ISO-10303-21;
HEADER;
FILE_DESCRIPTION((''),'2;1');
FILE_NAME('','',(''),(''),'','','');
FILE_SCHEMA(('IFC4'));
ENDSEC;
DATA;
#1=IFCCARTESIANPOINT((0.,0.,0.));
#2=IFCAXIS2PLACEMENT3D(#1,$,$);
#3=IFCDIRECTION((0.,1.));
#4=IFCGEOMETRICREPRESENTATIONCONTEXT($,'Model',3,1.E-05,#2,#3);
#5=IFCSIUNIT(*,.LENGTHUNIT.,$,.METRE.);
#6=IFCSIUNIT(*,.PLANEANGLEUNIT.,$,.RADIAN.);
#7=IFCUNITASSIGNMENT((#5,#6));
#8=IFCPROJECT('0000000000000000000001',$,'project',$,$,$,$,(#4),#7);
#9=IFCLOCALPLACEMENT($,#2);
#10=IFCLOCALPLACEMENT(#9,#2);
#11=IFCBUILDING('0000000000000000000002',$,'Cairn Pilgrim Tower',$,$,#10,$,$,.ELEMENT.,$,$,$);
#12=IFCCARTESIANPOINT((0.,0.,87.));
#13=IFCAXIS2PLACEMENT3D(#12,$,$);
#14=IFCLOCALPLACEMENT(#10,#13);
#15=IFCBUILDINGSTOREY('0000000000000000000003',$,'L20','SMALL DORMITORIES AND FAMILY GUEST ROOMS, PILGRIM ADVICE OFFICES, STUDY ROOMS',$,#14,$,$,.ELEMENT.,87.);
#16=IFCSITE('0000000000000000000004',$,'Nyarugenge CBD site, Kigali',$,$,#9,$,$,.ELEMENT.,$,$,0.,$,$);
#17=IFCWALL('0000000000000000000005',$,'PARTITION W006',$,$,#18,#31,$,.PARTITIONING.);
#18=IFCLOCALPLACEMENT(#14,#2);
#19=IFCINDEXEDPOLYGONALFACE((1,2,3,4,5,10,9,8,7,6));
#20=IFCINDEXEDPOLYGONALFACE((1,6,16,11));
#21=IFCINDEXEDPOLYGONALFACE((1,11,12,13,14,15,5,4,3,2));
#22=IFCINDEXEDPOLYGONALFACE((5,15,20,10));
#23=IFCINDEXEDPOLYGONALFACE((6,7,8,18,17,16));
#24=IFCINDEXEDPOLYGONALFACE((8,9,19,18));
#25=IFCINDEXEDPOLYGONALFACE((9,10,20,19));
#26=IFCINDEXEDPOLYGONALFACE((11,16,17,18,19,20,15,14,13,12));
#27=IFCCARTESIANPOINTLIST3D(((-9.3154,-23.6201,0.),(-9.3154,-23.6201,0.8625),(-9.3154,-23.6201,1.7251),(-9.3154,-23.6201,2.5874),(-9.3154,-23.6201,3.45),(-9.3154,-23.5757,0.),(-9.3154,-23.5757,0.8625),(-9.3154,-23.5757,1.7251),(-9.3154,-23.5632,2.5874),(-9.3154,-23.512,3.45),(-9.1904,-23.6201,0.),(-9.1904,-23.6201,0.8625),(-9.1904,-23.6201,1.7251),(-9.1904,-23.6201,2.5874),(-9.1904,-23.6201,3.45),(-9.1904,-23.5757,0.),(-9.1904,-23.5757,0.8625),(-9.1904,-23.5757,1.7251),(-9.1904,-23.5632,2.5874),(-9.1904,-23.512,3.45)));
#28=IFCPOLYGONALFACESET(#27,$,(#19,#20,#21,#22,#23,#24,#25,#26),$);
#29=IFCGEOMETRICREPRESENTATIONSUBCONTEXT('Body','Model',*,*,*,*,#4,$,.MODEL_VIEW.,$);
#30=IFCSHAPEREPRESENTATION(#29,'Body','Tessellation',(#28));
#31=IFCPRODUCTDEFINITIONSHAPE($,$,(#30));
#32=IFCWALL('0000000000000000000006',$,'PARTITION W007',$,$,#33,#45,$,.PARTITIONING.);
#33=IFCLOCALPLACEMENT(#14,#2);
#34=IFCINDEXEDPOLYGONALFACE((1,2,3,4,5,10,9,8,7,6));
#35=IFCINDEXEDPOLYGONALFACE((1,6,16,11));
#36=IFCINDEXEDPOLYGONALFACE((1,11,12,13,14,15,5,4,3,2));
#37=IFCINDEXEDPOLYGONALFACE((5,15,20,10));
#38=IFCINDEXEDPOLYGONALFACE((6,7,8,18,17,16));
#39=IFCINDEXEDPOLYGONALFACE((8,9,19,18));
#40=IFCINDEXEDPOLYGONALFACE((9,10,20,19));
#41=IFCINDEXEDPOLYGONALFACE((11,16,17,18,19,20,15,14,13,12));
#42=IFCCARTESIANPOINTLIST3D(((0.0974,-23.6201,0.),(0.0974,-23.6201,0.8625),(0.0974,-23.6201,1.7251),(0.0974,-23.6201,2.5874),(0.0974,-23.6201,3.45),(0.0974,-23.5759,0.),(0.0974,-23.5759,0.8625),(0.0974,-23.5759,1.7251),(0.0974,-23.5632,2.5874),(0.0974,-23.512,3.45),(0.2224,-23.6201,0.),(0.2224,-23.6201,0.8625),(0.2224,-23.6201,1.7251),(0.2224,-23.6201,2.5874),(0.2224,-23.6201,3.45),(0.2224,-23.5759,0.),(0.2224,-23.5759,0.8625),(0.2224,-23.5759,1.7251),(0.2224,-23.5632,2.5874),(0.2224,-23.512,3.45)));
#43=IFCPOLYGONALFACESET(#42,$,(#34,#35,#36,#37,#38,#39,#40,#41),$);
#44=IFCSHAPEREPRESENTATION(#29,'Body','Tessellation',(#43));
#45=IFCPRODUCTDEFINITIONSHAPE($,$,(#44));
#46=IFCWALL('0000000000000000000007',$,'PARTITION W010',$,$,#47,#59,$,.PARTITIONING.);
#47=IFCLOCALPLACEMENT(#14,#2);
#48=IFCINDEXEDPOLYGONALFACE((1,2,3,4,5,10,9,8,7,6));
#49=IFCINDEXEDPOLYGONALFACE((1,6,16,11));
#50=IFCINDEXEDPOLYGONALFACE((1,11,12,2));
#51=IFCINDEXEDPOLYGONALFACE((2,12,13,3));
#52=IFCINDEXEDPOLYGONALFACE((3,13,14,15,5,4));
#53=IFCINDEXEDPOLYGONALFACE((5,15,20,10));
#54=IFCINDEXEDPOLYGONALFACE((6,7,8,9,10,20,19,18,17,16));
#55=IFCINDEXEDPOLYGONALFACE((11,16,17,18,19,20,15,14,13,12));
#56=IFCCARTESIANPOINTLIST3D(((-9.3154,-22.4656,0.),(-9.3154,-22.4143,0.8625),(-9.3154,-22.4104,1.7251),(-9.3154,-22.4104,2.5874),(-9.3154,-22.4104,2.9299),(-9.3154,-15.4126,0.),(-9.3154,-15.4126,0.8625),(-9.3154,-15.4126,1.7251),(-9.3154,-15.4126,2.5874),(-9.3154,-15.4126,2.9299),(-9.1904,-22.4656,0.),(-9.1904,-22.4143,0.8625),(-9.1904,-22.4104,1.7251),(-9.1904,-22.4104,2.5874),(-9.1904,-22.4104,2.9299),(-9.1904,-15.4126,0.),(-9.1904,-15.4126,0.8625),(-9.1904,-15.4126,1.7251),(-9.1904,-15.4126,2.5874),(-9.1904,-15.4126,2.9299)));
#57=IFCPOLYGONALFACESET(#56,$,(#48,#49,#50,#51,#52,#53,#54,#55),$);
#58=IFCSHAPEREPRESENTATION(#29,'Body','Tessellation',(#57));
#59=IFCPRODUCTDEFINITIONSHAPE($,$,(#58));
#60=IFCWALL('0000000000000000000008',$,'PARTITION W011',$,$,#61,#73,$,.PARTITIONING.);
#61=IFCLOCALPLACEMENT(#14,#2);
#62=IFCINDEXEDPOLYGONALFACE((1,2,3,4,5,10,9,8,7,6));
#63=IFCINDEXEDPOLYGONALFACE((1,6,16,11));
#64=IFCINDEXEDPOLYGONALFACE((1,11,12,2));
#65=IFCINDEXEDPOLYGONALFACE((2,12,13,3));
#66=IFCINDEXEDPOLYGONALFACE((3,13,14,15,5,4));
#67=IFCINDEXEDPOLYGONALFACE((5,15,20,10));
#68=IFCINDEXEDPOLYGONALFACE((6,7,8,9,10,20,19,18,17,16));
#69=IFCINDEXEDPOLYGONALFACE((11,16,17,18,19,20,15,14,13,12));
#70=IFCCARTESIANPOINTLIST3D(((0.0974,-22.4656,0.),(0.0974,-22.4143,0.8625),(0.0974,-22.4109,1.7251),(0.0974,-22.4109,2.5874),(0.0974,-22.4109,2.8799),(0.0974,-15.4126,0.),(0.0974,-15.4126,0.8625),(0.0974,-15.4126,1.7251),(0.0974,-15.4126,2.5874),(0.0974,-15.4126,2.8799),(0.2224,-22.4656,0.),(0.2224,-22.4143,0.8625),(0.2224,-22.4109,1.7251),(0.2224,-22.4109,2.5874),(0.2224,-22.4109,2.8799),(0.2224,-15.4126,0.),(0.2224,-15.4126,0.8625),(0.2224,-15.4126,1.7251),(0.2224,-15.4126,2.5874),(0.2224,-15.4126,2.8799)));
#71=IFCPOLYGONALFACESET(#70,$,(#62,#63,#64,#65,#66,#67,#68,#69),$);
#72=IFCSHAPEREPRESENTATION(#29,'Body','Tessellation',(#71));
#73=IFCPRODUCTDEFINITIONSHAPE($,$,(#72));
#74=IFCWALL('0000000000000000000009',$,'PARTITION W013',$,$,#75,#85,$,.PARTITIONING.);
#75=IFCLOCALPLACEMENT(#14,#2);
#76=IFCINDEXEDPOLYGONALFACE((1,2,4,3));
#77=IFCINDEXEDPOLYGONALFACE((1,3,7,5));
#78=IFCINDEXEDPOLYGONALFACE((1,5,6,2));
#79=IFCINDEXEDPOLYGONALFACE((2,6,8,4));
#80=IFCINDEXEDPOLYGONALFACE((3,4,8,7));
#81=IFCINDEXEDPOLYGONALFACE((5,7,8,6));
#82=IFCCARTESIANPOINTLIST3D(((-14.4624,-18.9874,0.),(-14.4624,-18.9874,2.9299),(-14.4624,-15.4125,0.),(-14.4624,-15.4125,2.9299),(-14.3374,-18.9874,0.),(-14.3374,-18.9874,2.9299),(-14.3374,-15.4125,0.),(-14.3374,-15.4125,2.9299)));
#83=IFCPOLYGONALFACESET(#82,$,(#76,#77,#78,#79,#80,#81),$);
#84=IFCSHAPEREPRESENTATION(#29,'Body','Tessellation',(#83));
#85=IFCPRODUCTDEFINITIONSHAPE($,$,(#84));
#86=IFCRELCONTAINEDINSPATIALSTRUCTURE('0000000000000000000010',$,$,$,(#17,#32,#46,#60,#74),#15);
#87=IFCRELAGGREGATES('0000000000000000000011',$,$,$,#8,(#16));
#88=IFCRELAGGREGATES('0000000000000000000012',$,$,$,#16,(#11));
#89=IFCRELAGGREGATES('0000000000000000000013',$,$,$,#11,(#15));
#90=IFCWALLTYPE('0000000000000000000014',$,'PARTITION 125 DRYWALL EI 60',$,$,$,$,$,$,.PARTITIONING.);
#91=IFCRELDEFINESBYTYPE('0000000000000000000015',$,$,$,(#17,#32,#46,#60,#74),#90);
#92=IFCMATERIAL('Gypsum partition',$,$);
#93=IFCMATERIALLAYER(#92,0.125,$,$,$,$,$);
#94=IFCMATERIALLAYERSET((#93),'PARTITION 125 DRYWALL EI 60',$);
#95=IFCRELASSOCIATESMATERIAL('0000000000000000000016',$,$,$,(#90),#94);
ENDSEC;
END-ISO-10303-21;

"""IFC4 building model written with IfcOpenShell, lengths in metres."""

from ifc_helpers import new_model, si_unit, direction, frame, frame_2d, origin, place, context, subcontext, project, spatial, polyline, rectangle, outline, extrude, material, layer, layer_set, type_object, element, save


model = new_model("IFC4")

# Units and contexts
model_context = context("Model", 3, precision=1e-05, world=origin(), true_north=direction((0.0, 1.0)))
body_context = subcontext(model_context, "Body", "Model", "MODEL_VIEW")
ifc_project = project(units=[si_unit("LENGTHUNIT", "METRE"), si_unit("PLANEANGLEUNIT", "RADIAN")], contexts=[model_context])

# Site, building, storey
site_placement = place(None, origin())
site = spatial("IfcSite", under=ifc_project, at=site_placement, Name="Nyarugenge CBD site, Kigali", CompositionType="ELEMENT", RefElevation=0.0)
building_placement = place(site_placement, origin())
building = spatial("IfcBuilding", under=site, at=building_placement, Name="Cairn Pilgrim Tower", CompositionType="ELEMENT")
storey_placement = place(building_placement, frame((0.0, 0.0, 87.0)))
storey = spatial("IfcBuildingStorey", under=building, at=storey_placement, Name="L20", Description="SMALL DORMITORIES AND FAMILY GUEST ROOMS, PILGRIM ADVICE OFFICES, STUDY ROOMS", CompositionType="ELEMENT", Elevation=87.0)

# Shared definitions
ifc_material_1 = material(Name="Gypsum partition")

# Walls
ifc_layer_1 = layer(ifc_material_1, 0.125)
ifc_layer_set_1 = layer_set([ifc_layer_1], Name="PARTITION 125 DRYWALL EI 60")
wall_type_1 = type_object("IfcWallType", Name="PARTITION 125 DRYWALL EI 60", PredefinedType="PARTITIONING", material=ifc_layer_set_1)
wall_1_placement = place(storey_placement, frame((-9.2529, -23.6201, 0.0), z_axis=(0.0, 0.0, 1.0), x_axis=(0.0, 1.0, 0.0)))
element("IfcWall", 1, at=wall_1_placement, inside=storey, type_object=wall_type_1, Name="PARTITION W006", PredefinedType="PARTITIONING", context=body_context, shape_type="SweptSolid", body=[
    extrude(outline(polyline([(0.0, 0.0), (0.0444, 0.0), (0.0444, 0.8625), (0.0444, 1.7251), (0.0569, 2.5874), (0.1082, 3.45), (0.0, 3.45), (0.0, 2.5874), (0.0, 1.7251), (0.0, 0.8625), (0.0, 0.0)])), frame((0.0, 0.0625, 0.0), z_axis=(0.0, -1.0, 0.0), x_axis=(1.0, 0.0, 0.0)), (0.0, 0.0, 1.0), 0.125),
])
wall_2_placement = place(storey_placement, frame((0.1599, -23.6201, 0.0), z_axis=(0.0, 0.0, 1.0), x_axis=(0.0, 1.0, 0.0)))
element("IfcWall", 2, at=wall_2_placement, inside=storey, type_object=wall_type_1, Name="PARTITION W007", PredefinedType="PARTITIONING", context=body_context, shape_type="SweptSolid", body=[
    extrude(outline(polyline([(0.0, 0.0), (0.0442, 0.0), (0.0442, 0.8625), (0.0442, 1.7251), (0.0569, 2.5874), (0.1082, 3.45), (0.0, 3.45), (0.0, 2.5874), (0.0, 1.7251), (0.0, 0.8625), (0.0, 0.0)])), frame((0.0, 0.0625, 0.0), z_axis=(0.0, -1.0, 0.0), x_axis=(1.0, 0.0, 0.0)), (0.0, 0.0, 1.0), 0.125),
])
wall_3_placement = place(storey_placement, frame((-9.2529, -22.4656, 0.0), z_axis=(0.0, 0.0, 1.0), x_axis=(0.0, 1.0, 0.0)))
element("IfcWall", 3, at=wall_3_placement, inside=storey, type_object=wall_type_1, Name="PARTITION W010", PredefinedType="PARTITIONING", context=body_context, shape_type="SweptSolid", body=[
    extrude(outline(polyline([(0.0, 0.0), (7.053, 0.0), (7.053, 0.8625), (7.053, 1.7251), (7.053, 2.5874), (7.053, 2.9299), (0.0552, 2.9299), (0.0552, 2.5874), (0.0552, 1.7251), (0.0513, 0.8625), (0.0, 0.0)])), frame((0.0, 0.0625, 0.0), z_axis=(0.0, -1.0, 0.0), x_axis=(1.0, 0.0, 0.0)), (0.0, 0.0, 1.0), 0.125),
])
wall_4_placement = place(storey_placement, frame((0.1599, -22.4656, 0.0), z_axis=(0.0, 0.0, 1.0), x_axis=(0.0, 1.0, 0.0)))
element("IfcWall", 4, at=wall_4_placement, inside=storey, type_object=wall_type_1, Name="PARTITION W011", PredefinedType="PARTITIONING", context=body_context, shape_type="SweptSolid", body=[
    extrude(outline(polyline([(0.0, 0.0), (7.053, 0.0), (7.053, 0.8625), (7.053, 1.7251), (7.053, 2.5874), (7.053, 2.8799), (0.0547, 2.8799), (0.0547, 2.5874), (0.0547, 1.7251), (0.0513, 0.8625), (0.0, 0.0)])), frame((0.0, 0.0625, 0.0), z_axis=(0.0, -1.0, 0.0), x_axis=(1.0, 0.0, 0.0)), (0.0, 0.0, 1.0), 0.125),
])
wall_5_placement = place(storey_placement, frame((-14.3999, -18.9875, 0.0), z_axis=(0.0, 0.0, 1.0), x_axis=(0.0, 1.0, 0.0)))
element("IfcWall", 5, at=wall_5_placement, inside=storey, type_object=wall_type_1, Name="PARTITION W013", PredefinedType="PARTITIONING", context=body_context, shape_type="SweptSolid", body=[
    extrude(rectangle(XDim=3.575, YDim=0.125, at=frame_2d((1.7876, 0.0))), origin(), (0.0, 0.0, 1.0), 2.9299),
])

save(model, "model.ifc")
